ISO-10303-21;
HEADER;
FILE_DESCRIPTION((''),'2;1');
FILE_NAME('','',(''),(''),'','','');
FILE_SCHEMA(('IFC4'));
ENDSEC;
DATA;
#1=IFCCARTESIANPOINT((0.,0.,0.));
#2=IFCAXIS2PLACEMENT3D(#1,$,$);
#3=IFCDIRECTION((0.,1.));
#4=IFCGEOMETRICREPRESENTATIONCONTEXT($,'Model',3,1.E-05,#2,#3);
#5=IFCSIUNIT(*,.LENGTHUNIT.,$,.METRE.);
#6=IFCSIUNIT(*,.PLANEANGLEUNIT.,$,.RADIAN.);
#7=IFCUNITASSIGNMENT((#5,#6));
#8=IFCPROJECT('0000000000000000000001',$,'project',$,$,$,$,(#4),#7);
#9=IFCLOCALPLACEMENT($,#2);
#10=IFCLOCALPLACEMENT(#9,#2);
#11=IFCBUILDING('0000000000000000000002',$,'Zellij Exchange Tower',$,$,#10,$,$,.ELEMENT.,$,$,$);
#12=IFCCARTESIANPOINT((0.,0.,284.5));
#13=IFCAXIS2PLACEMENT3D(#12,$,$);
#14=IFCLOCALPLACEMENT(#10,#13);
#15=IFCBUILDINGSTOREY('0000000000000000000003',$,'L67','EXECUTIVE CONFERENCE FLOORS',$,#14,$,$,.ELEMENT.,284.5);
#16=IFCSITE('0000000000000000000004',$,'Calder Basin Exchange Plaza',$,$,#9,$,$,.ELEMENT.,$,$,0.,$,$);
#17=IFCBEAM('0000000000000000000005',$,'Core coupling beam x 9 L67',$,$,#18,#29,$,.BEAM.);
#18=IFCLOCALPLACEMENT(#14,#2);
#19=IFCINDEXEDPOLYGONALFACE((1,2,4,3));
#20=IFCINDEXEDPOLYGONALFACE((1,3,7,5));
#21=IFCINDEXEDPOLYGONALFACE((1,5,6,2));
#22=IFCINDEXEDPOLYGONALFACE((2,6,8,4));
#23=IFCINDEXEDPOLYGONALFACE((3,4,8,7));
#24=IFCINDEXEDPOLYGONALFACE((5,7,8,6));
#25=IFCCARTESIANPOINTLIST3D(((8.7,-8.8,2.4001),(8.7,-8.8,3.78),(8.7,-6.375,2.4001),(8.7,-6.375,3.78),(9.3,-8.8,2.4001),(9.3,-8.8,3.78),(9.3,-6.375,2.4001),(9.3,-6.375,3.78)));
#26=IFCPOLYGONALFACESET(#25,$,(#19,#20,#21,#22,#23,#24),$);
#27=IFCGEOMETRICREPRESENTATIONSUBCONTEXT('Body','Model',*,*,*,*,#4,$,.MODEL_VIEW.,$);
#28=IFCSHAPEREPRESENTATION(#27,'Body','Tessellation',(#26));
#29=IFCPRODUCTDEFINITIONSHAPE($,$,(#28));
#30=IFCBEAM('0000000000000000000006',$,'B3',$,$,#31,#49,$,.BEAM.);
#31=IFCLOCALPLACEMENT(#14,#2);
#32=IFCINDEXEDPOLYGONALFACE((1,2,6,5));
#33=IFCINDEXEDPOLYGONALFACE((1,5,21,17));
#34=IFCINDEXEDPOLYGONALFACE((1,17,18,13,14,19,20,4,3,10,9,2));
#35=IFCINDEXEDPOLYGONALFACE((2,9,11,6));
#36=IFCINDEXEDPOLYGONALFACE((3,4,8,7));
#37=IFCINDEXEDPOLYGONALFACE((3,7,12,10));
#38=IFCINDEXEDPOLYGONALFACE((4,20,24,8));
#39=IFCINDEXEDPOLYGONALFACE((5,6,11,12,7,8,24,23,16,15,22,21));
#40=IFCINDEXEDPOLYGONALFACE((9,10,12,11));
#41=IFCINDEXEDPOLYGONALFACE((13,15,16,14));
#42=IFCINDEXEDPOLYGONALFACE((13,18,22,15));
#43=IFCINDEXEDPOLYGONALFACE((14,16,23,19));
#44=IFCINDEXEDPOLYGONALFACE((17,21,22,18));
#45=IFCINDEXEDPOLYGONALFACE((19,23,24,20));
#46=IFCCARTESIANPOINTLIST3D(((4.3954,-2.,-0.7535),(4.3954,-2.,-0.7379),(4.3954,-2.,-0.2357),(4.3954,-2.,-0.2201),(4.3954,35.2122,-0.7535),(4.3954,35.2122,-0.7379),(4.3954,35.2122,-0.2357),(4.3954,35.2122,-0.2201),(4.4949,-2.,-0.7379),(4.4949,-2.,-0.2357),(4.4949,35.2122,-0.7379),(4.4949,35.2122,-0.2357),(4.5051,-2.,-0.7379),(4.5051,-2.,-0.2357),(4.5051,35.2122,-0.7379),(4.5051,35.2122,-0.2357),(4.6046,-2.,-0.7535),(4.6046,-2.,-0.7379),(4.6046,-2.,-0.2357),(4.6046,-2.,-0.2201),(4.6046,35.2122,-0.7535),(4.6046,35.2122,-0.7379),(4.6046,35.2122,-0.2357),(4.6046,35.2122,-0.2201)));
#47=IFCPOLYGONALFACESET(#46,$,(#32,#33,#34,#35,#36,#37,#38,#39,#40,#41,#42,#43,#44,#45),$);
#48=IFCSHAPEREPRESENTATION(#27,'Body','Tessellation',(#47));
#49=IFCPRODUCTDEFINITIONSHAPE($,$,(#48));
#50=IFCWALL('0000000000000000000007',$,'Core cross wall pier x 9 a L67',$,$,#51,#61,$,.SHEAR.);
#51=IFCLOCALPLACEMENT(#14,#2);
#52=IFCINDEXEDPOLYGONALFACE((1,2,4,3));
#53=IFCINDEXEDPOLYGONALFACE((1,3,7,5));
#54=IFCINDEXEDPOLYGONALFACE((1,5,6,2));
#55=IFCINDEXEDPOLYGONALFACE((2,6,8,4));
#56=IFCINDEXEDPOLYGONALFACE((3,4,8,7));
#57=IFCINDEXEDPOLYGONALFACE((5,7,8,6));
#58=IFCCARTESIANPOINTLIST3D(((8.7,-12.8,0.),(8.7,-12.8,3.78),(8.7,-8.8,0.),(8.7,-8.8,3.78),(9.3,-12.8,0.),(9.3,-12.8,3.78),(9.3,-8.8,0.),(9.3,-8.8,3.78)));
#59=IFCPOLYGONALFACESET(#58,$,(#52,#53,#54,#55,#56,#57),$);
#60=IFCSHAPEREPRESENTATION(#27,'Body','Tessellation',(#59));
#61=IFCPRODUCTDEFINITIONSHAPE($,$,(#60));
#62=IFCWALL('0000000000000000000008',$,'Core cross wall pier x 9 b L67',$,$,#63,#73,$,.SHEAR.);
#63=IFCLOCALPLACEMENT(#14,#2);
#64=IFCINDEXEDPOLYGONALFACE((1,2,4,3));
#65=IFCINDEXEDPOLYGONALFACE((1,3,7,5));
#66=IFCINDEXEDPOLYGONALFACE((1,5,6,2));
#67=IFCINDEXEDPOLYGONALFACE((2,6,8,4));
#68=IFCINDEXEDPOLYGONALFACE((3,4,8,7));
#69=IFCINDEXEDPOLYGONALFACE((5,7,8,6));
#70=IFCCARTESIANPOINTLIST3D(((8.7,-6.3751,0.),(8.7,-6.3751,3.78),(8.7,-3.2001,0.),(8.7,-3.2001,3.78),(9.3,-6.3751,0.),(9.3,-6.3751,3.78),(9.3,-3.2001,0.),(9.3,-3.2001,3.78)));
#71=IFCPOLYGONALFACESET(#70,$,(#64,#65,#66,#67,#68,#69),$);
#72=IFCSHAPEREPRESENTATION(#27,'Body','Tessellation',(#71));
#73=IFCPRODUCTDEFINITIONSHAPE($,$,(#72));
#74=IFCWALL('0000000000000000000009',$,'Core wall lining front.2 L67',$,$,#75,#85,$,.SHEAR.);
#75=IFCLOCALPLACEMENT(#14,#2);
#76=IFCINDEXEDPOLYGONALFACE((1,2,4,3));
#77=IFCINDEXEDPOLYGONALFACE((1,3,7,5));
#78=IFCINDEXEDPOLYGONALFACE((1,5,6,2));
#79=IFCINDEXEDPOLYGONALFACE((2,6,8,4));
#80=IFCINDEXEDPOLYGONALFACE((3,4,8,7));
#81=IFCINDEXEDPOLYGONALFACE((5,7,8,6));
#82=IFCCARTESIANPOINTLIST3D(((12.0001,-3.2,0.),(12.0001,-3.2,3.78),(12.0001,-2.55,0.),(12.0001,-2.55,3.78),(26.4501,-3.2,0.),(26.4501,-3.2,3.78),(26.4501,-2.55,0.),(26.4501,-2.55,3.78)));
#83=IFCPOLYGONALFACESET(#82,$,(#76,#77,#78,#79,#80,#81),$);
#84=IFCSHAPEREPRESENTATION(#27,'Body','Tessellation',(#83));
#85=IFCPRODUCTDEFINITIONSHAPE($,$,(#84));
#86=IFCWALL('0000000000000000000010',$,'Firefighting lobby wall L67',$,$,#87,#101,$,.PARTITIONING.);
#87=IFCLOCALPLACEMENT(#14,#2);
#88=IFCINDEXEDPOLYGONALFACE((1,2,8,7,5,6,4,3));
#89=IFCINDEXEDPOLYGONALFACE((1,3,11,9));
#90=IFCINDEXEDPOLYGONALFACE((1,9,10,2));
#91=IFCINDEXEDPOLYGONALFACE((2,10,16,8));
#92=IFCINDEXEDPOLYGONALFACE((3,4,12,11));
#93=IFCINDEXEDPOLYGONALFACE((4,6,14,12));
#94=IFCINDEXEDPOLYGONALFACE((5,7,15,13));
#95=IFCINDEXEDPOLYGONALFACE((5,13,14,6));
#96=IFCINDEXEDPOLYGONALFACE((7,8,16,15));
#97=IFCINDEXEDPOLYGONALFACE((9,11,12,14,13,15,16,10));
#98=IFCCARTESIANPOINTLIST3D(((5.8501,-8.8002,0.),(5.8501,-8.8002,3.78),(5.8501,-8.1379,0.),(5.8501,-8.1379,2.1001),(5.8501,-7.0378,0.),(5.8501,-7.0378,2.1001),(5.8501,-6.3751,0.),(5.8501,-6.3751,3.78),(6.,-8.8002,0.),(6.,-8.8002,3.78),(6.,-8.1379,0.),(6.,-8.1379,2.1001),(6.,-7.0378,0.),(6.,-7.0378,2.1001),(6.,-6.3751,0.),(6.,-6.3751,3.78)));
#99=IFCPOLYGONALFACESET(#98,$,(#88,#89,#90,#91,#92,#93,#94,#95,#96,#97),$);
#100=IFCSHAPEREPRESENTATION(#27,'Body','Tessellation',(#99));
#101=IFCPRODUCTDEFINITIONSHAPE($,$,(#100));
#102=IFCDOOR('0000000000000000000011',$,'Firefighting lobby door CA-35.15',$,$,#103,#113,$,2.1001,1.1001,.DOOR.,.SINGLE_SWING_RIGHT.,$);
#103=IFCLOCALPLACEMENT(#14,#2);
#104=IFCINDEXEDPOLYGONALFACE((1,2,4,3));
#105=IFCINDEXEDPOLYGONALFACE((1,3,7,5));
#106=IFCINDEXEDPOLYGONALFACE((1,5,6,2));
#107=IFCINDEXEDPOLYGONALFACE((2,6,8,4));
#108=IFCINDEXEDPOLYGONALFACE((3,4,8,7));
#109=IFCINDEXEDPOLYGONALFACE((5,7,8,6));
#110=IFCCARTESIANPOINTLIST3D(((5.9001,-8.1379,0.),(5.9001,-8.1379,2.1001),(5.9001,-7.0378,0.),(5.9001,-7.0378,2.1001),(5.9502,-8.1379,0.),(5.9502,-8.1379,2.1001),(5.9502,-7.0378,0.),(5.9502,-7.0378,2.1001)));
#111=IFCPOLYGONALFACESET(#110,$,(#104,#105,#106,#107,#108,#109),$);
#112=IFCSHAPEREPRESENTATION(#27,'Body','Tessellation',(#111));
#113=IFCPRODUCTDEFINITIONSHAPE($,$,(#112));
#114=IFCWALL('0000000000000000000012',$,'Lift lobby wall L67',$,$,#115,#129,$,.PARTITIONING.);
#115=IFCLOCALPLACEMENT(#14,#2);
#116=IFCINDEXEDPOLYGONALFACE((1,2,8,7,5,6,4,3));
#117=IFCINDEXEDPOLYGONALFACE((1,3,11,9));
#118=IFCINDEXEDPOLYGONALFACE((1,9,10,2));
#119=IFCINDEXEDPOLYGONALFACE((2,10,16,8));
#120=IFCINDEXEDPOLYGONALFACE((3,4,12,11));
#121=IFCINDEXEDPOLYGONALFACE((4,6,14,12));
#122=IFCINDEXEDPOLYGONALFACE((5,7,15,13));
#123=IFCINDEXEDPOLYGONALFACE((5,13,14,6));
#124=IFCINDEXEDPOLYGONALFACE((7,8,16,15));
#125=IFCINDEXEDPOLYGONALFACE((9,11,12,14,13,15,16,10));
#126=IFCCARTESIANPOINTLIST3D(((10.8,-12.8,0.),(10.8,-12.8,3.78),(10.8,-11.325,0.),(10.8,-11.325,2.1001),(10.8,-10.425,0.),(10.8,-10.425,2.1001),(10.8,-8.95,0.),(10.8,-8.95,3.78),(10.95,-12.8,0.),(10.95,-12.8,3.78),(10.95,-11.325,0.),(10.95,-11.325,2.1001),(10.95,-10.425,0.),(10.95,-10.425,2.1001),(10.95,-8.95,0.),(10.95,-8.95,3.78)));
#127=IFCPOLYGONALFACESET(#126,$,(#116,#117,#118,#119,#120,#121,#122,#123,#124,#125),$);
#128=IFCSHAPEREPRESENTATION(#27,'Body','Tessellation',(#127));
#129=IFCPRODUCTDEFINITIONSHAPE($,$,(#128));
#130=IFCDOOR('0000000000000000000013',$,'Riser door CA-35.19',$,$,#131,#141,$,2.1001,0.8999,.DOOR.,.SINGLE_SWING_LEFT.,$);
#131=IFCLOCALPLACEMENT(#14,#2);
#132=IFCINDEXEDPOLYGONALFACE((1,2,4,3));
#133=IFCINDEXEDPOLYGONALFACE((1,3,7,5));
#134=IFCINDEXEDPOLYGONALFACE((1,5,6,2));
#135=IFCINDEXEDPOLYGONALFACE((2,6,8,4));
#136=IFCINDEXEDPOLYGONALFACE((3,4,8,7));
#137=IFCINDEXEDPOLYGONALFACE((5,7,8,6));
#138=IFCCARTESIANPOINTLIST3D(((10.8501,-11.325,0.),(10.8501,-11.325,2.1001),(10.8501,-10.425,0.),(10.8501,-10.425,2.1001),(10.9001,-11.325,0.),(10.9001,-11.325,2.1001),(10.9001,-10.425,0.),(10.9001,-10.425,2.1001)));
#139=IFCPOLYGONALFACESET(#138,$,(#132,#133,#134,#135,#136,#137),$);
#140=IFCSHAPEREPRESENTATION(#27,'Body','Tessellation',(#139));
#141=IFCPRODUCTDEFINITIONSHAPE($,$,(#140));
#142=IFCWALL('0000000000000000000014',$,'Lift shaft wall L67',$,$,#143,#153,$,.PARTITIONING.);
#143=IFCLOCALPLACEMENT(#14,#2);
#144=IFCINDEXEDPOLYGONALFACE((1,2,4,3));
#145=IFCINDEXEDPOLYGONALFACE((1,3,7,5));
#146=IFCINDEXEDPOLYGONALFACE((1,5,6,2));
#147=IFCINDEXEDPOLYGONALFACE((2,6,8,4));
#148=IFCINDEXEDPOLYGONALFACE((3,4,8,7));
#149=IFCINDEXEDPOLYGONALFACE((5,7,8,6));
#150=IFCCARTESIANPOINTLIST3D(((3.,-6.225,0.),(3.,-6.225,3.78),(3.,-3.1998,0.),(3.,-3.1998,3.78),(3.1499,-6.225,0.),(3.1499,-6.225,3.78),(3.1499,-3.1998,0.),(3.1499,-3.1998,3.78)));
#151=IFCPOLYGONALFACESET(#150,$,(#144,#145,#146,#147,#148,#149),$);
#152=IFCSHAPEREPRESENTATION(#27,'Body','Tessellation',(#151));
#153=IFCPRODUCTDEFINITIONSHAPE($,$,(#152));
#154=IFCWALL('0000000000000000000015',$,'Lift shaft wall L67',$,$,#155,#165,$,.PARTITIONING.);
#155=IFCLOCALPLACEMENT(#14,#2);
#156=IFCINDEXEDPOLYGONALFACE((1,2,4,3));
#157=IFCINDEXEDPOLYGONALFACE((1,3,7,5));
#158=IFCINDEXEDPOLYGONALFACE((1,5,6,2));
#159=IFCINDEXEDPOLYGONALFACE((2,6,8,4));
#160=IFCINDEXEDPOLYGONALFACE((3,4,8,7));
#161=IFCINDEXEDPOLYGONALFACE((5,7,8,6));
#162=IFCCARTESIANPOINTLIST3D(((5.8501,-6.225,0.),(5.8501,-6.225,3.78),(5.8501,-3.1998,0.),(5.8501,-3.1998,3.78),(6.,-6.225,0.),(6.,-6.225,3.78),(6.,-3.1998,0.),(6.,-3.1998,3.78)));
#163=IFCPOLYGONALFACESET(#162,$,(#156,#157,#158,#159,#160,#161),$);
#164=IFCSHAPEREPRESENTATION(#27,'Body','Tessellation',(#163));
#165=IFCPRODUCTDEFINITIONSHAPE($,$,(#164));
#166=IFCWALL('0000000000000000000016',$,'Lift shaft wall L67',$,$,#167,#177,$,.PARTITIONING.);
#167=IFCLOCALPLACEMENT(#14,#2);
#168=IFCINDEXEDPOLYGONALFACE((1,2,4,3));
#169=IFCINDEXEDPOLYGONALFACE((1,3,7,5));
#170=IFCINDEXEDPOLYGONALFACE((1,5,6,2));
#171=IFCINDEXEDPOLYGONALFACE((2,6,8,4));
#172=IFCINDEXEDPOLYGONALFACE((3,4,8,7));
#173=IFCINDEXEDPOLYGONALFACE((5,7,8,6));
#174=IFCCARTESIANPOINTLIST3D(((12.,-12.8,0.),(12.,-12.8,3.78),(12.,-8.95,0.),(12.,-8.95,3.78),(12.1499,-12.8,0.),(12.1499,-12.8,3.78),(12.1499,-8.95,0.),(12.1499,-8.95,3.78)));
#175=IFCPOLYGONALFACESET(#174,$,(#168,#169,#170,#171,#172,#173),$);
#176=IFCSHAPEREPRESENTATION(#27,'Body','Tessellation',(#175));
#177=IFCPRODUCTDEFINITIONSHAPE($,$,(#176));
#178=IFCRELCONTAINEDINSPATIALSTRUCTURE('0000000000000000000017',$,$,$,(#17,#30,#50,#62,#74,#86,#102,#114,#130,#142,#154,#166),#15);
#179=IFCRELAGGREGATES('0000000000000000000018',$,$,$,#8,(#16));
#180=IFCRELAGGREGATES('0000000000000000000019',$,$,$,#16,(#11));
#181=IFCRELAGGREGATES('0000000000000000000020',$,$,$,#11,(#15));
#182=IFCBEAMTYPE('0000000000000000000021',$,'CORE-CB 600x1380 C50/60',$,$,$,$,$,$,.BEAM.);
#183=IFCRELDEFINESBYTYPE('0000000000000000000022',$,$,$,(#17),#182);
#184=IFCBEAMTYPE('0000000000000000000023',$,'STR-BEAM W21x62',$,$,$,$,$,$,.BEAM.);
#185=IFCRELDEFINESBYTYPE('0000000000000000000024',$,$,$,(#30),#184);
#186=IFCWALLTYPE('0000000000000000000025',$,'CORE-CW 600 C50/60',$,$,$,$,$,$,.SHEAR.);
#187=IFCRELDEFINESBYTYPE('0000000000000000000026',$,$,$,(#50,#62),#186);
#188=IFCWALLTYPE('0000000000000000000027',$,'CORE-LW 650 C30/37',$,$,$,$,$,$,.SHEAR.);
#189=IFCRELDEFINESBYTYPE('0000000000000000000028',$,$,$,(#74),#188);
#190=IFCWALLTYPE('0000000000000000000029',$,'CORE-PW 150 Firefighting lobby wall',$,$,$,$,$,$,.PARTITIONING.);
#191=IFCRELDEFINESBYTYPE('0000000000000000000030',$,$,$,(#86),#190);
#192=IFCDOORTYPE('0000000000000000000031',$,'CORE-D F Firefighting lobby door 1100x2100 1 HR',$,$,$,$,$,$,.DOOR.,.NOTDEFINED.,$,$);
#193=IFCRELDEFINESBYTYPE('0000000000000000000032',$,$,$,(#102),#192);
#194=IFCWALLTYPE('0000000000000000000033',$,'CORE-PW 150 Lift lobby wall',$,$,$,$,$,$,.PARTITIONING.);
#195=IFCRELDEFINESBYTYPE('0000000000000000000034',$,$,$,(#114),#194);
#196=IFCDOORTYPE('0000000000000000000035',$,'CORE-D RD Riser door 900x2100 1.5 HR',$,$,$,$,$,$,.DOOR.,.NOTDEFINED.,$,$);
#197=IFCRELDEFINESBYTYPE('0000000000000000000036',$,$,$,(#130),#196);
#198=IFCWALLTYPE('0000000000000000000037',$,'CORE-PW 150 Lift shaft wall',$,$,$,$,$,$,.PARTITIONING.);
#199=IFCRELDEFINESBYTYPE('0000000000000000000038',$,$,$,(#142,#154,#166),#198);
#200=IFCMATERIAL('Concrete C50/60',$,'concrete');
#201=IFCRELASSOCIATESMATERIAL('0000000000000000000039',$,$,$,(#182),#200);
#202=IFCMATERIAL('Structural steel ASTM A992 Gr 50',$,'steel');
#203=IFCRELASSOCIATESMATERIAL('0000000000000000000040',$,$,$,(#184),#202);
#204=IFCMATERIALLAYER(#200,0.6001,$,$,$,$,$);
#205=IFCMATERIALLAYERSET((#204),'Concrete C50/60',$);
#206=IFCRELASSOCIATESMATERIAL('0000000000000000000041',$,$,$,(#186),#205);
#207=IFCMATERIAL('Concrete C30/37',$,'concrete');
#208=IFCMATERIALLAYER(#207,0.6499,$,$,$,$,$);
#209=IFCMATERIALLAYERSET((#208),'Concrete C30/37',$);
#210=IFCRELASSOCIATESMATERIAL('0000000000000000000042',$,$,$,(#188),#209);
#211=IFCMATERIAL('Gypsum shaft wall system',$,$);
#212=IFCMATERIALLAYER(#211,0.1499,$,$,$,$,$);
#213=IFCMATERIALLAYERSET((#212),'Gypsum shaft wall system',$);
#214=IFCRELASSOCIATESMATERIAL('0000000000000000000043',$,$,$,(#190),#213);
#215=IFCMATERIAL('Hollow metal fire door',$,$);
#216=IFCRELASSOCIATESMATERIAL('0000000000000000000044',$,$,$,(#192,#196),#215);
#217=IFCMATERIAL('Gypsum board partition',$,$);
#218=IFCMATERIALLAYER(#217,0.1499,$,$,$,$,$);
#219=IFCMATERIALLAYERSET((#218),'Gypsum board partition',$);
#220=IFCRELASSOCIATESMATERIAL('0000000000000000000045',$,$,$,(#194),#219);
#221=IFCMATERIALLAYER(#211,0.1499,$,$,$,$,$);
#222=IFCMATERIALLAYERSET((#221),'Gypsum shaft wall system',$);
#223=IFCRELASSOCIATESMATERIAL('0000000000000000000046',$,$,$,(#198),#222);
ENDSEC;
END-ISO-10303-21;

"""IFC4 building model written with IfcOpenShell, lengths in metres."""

from ifc_helpers import new_model, si_unit, direction, frame, frame_2d, origin, origin_2d, place, context, subcontext, project, spatial, rectangle, i_section, extrude, material, layer, layer_set, material_profile, profile_set, type_object, element, fill, save


model = new_model("IFC4")

# Units and contexts
model_context = context("Model", 3, precision=1e-05, world=origin(), true_north=direction((0.0, 1.0)))
body_context = subcontext(model_context, "Body", "Model", "MODEL_VIEW")
ifc_project = project(units=[si_unit("LENGTHUNIT", "METRE"), si_unit("PLANEANGLEUNIT", "RADIAN")], contexts=[model_context])

# Site, building, storey
site_placement = place(None, origin())
site = spatial("IfcSite", under=ifc_project, at=site_placement, Name="Calder Basin Exchange Plaza", CompositionType="ELEMENT", RefElevation=0.0)
building_placement = place(site_placement, origin())
building = spatial("IfcBuilding", under=site, at=building_placement, Name="Zellij Exchange Tower", CompositionType="ELEMENT")
storey_placement = place(building_placement, frame((0.0, 0.0, 284.5)))
storey = spatial("IfcBuildingStorey", under=building, at=storey_placement, Name="L67", Description="EXECUTIVE CONFERENCE FLOORS", CompositionType="ELEMENT", Elevation=284.5)

# Beams
ifc_material_1 = material(Name="Concrete C50/60", Category="concrete")
ifc_material_profile_1 = material_profile(ifc_material_1, rectangle(XDim=0.6001, YDim=1.3799, at=origin_2d()), Name="CORE-CB 600x1380 C50/60")
ifc_profile_set_1 = profile_set([ifc_material_profile_1], Name="Concrete C50/60")
beam_type_1 = type_object("IfcBeamType", Name="CORE-CB 600x1380 C50/60", PredefinedType="BEAM", material=ifc_profile_set_1)
beam_1_placement = place(storey_placement, frame((9.0, -8.8, 3.0901), z_axis=(0.0, 1.0, 0.0), x_axis=(-1.0, 0.0, 0.0)))
element("IfcBeam", 1, at=beam_1_placement, inside=storey, type_object=beam_type_1, Name="Core coupling beam x 9 L67", PredefinedType="BEAM", context=body_context, shape_type="SweptSolid", body=[
    extrude(rectangle(XDim=0.6001, YDim=1.3799, at=origin_2d()), origin(), (0.0, 0.0, 1.0), 2.425),
])
ifc_material_2 = material(Name="Structural steel ASTM A992 Gr 50", Category="steel")
ifc_material_profile_2 = material_profile(ifc_material_2, i_section(OverallWidth=0.2092, OverallDepth=0.5334, WebThickness=0.0103, FlangeThickness=0.0156, at=origin_2d()), Name="W21x62")
ifc_profile_set_2 = profile_set([ifc_material_profile_2], Name="Structural steel ASTM A992 Gr 50")
beam_type_2 = type_object("IfcBeamType", Name="STR-BEAM W21x62", PredefinedType="BEAM", material=ifc_profile_set_2)
beam_2_placement = place(storey_placement, frame((4.5, -2.0, -0.4868), z_axis=(0.0, 1.0, 0.0), x_axis=(-1.0, 0.0, 0.0)))
element("IfcBeam", 2, at=beam_2_placement, inside=storey, type_object=beam_type_2, Name="B3", PredefinedType="BEAM", context=body_context, shape_type="SweptSolid", body=[
    extrude(i_section(OverallWidth=0.2092, OverallDepth=0.5334, WebThickness=0.0103, FlangeThickness=0.0156, at=origin_2d()), origin(), (0.0, 0.0, 1.0), 37.2122),
])

# Walls
ifc_layer_1 = layer(ifc_material_1, 0.6001)
ifc_layer_set_1 = layer_set([ifc_layer_1], Name="Concrete C50/60")
wall_type_1 = type_object("IfcWallType", Name="CORE-CW 600 C50/60", PredefinedType="SHEAR", material=ifc_layer_set_1)
wall_1_placement = place(storey_placement, frame((9.0, -12.8, 0.0), z_axis=(0.0, 0.0, 1.0), x_axis=(0.0, 1.0, 0.0)))
element("IfcWall", 3, at=wall_1_placement, inside=storey, type_object=wall_type_1, Name="Core cross wall pier x 9 a L67", PredefinedType="SHEAR", context=body_context, shape_type="SweptSolid", body=[
    extrude(rectangle(XDim=4.0, YDim=0.6001, at=frame_2d((2.0, 0.0))), origin(), (0.0, 0.0, 1.0), 3.78),
])
wall_2_placement = place(storey_placement, frame((9.0, -6.375, 0.0), z_axis=(0.0, 0.0, 1.0), x_axis=(0.0, 1.0, 0.0)))
element("IfcWall", 4, at=wall_2_placement, inside=storey, type_object=wall_type_1, Name="Core cross wall pier x 9 b L67", PredefinedType="SHEAR", context=body_context, shape_type="SweptSolid", body=[
    extrude(rectangle(XDim=3.175, YDim=0.6001, at=frame_2d((1.5874, 0.0))), origin(), (0.0, 0.0, 1.0), 3.78),
])
ifc_material_3 = material(Name="Concrete C30/37", Category="concrete")
ifc_layer_2 = layer(ifc_material_3, 0.6499)
ifc_layer_set_2 = layer_set([ifc_layer_2], Name="Concrete C30/37")
wall_type_2 = type_object("IfcWallType", Name="CORE-LW 650 C30/37", PredefinedType="SHEAR", material=ifc_layer_set_2)
wall_3_placement = place(storey_placement, frame((12.0, -2.875, 0.0), z_axis=(0.0, 0.0, 1.0), x_axis=(1.0, 0.0, 0.0)))
element("IfcWall", 5, at=wall_3_placement, inside=storey, type_object=wall_type_2, Name="Core wall lining front.2 L67", PredefinedType="SHEAR", context=body_context, shape_type="SweptSolid", body=[
    extrude(rectangle(XDim=14.45, YDim=0.6499, at=frame_2d((7.2251, 0.0))), origin(), (0.0, 0.0, 1.0), 3.78),
])

# Walls, openings, doors
ifc_material_4 = material(Name="Gypsum shaft wall system")
ifc_layer_3 = layer(ifc_material_4, 0.1499)
ifc_layer_set_3 = layer_set([ifc_layer_3], Name="Gypsum shaft wall system")
wall_type_3 = type_object("IfcWallType", Name="CORE-PW 150 Firefighting lobby wall", PredefinedType="PARTITIONING", material=ifc_layer_set_3)
wall_4_placement = place(storey_placement, frame((5.925, -8.8, 0.0), z_axis=(0.0, 0.0, 1.0), x_axis=(0.0, 1.0, 0.0)))
wall_4 = element("IfcWall", 6, at=wall_4_placement, inside=storey, type_object=wall_type_3, Name="Firefighting lobby wall L67", PredefinedType="PARTITIONING", context=body_context, shape_type="SweptSolid", body=[
    extrude(rectangle(XDim=2.425, YDim=0.1499, at=frame_2d((1.2124, 0.0))), origin(), (0.0, 0.0, 1.0), 3.78),
])
opening_1_placement = place(wall_4_placement, frame((0.6621, 0.0, 0.0)))
opening_1 = element("IfcOpeningElement", 7, at=opening_1_placement, cuts=wall_4, PredefinedType="OPENING", context=body_context, shape_type="SweptSolid", body=[
    extrude(rectangle(XDim=1.1001, YDim=2.1001, at=frame_2d((0.55, 1.05))), frame((0.0, 0.0869, 0.0), z_axis=(0.0, -1.0, 0.0), x_axis=(1.0, 0.0, 0.0)), (0.0, 0.0, 1.0), 0.1738),
])
ifc_material_5 = material(Name="Hollow metal fire door")
door_type_1 = type_object("IfcDoorType", Name="CORE-D F Firefighting lobby door 1100x2100 1 HR", OperationType="NOTDEFINED", PredefinedType="DOOR", material=ifc_material_5)
door_1_placement = place(opening_1_placement, origin())
door_1 = element("IfcDoor", 8, at=door_1_placement, inside=storey, type_object=door_type_1, Name="Firefighting lobby door CA-35.15", OperationType="SINGLE_SWING_RIGHT", OverallHeight=2.1001, OverallWidth=1.1001, PredefinedType="DOOR", context=body_context, shape_type="SweptSolid", body=[
    extrude(rectangle(XDim=1.1001, YDim=2.1001, at=frame_2d((0.55, 1.05))), frame((0.0, 0.0249, 0.0), z_axis=(0.0, -1.0, 0.0), x_axis=(1.0, 0.0, 0.0)), (0.0, 0.0, 1.0), 0.05),
])
fill(opening_1, door_1)
ifc_material_6 = material(Name="Gypsum board partition")
ifc_layer_4 = layer(ifc_material_6, 0.1499)
ifc_layer_set_4 = layer_set([ifc_layer_4], Name="Gypsum board partition")
wall_type_4 = type_object("IfcWallType", Name="CORE-PW 150 Lift lobby wall", PredefinedType="PARTITIONING", material=ifc_layer_set_4)
wall_5_placement = place(storey_placement, frame((10.875, -12.8, 0.0), z_axis=(0.0, 0.0, 1.0), x_axis=(0.0, 1.0, 0.0)))
wall_5 = element("IfcWall", 9, at=wall_5_placement, inside=storey, type_object=wall_type_4, Name="Lift lobby wall L67", PredefinedType="PARTITIONING", context=body_context, shape_type="SweptSolid", body=[
    extrude(rectangle(XDim=3.8501, YDim=0.1499, at=frame_2d((1.925, 0.0))), origin(), (0.0, 0.0, 1.0), 3.78),
])
opening_2_placement = place(wall_5_placement, frame((1.4751, 0.0, 0.0)))
opening_2 = element("IfcOpeningElement", 10, at=opening_2_placement, cuts=wall_5, PredefinedType="OPENING", context=body_context, shape_type="SweptSolid", body=[
    extrude(rectangle(XDim=0.8999, YDim=2.1001, at=frame_2d((0.45, 1.05))), frame((0.0, 0.0869, 0.0), z_axis=(0.0, -1.0, 0.0), x_axis=(1.0, 0.0, 0.0)), (0.0, 0.0, 1.0), 0.1738),
])
door_type_2 = type_object("IfcDoorType", Name="CORE-D RD Riser door 900x2100 1.5 HR", OperationType="NOTDEFINED", PredefinedType="DOOR", material=ifc_material_5)
door_2_placement = place(opening_2_placement, origin())
door_2 = element("IfcDoor", 11, at=door_2_placement, inside=storey, type_object=door_type_2, Name="Riser door CA-35.19", OperationType="SINGLE_SWING_LEFT", OverallHeight=2.1001, OverallWidth=0.8999, PredefinedType="DOOR", context=body_context, shape_type="SweptSolid", body=[
    extrude(rectangle(XDim=0.8999, YDim=2.1001, at=frame_2d((0.45, 1.05))), frame((0.0, 0.0249, 0.0), z_axis=(0.0, -1.0, 0.0), x_axis=(1.0, 0.0, 0.0)), (0.0, 0.0, 1.0), 0.05),
])
fill(opening_2, door_2)

# Walls
ifc_layer_5 = layer(ifc_material_4, 0.1499)
ifc_layer_set_5 = layer_set([ifc_layer_5], Name="Gypsum shaft wall system")
wall_type_5 = type_object("IfcWallType", Name="CORE-PW 150 Lift shaft wall", PredefinedType="PARTITIONING", material=ifc_layer_set_5)
for number, where, z_axis, x_axis, name in (
    (12, (3.075, -6.2251, 0.0), (0.0, 0.0, 1.0), (0.0, 1.0, 0.0), "Lift shaft wall L67"),
    (13, (5.925, -6.2251, 0.0), (0.0, 0.0, 1.0), (0.0, 1.0, 0.0), "Lift shaft wall L67"),
):
    element("IfcWall", number, at=place(storey_placement, frame(where, z_axis=z_axis, x_axis=x_axis)), inside=storey, type_object=wall_type_5, Name=name, PredefinedType="PARTITIONING", context=body_context, shape_type="SweptSolid", body=[
        extrude(rectangle(XDim=3.0251, YDim=0.1499, at=frame_2d((1.5127, 0.0))), origin(), (0.0, 0.0, 1.0), 3.78),
    ])
wall_6_placement = place(storey_placement, frame((12.075, -12.8, 0.0), z_axis=(0.0, 0.0, 1.0), x_axis=(0.0, 1.0, 0.0)))
element("IfcWall", 14, at=wall_6_placement, inside=storey, type_object=wall_type_5, Name="Lift shaft wall L67", PredefinedType="PARTITIONING", context=body_context, shape_type="SweptSolid", body=[
    extrude(rectangle(XDim=3.8501, YDim=0.1499, at=frame_2d((1.925, 0.0))), origin(), (0.0, 0.0, 1.0), 3.78),
])

save(model, "model.ifc")
